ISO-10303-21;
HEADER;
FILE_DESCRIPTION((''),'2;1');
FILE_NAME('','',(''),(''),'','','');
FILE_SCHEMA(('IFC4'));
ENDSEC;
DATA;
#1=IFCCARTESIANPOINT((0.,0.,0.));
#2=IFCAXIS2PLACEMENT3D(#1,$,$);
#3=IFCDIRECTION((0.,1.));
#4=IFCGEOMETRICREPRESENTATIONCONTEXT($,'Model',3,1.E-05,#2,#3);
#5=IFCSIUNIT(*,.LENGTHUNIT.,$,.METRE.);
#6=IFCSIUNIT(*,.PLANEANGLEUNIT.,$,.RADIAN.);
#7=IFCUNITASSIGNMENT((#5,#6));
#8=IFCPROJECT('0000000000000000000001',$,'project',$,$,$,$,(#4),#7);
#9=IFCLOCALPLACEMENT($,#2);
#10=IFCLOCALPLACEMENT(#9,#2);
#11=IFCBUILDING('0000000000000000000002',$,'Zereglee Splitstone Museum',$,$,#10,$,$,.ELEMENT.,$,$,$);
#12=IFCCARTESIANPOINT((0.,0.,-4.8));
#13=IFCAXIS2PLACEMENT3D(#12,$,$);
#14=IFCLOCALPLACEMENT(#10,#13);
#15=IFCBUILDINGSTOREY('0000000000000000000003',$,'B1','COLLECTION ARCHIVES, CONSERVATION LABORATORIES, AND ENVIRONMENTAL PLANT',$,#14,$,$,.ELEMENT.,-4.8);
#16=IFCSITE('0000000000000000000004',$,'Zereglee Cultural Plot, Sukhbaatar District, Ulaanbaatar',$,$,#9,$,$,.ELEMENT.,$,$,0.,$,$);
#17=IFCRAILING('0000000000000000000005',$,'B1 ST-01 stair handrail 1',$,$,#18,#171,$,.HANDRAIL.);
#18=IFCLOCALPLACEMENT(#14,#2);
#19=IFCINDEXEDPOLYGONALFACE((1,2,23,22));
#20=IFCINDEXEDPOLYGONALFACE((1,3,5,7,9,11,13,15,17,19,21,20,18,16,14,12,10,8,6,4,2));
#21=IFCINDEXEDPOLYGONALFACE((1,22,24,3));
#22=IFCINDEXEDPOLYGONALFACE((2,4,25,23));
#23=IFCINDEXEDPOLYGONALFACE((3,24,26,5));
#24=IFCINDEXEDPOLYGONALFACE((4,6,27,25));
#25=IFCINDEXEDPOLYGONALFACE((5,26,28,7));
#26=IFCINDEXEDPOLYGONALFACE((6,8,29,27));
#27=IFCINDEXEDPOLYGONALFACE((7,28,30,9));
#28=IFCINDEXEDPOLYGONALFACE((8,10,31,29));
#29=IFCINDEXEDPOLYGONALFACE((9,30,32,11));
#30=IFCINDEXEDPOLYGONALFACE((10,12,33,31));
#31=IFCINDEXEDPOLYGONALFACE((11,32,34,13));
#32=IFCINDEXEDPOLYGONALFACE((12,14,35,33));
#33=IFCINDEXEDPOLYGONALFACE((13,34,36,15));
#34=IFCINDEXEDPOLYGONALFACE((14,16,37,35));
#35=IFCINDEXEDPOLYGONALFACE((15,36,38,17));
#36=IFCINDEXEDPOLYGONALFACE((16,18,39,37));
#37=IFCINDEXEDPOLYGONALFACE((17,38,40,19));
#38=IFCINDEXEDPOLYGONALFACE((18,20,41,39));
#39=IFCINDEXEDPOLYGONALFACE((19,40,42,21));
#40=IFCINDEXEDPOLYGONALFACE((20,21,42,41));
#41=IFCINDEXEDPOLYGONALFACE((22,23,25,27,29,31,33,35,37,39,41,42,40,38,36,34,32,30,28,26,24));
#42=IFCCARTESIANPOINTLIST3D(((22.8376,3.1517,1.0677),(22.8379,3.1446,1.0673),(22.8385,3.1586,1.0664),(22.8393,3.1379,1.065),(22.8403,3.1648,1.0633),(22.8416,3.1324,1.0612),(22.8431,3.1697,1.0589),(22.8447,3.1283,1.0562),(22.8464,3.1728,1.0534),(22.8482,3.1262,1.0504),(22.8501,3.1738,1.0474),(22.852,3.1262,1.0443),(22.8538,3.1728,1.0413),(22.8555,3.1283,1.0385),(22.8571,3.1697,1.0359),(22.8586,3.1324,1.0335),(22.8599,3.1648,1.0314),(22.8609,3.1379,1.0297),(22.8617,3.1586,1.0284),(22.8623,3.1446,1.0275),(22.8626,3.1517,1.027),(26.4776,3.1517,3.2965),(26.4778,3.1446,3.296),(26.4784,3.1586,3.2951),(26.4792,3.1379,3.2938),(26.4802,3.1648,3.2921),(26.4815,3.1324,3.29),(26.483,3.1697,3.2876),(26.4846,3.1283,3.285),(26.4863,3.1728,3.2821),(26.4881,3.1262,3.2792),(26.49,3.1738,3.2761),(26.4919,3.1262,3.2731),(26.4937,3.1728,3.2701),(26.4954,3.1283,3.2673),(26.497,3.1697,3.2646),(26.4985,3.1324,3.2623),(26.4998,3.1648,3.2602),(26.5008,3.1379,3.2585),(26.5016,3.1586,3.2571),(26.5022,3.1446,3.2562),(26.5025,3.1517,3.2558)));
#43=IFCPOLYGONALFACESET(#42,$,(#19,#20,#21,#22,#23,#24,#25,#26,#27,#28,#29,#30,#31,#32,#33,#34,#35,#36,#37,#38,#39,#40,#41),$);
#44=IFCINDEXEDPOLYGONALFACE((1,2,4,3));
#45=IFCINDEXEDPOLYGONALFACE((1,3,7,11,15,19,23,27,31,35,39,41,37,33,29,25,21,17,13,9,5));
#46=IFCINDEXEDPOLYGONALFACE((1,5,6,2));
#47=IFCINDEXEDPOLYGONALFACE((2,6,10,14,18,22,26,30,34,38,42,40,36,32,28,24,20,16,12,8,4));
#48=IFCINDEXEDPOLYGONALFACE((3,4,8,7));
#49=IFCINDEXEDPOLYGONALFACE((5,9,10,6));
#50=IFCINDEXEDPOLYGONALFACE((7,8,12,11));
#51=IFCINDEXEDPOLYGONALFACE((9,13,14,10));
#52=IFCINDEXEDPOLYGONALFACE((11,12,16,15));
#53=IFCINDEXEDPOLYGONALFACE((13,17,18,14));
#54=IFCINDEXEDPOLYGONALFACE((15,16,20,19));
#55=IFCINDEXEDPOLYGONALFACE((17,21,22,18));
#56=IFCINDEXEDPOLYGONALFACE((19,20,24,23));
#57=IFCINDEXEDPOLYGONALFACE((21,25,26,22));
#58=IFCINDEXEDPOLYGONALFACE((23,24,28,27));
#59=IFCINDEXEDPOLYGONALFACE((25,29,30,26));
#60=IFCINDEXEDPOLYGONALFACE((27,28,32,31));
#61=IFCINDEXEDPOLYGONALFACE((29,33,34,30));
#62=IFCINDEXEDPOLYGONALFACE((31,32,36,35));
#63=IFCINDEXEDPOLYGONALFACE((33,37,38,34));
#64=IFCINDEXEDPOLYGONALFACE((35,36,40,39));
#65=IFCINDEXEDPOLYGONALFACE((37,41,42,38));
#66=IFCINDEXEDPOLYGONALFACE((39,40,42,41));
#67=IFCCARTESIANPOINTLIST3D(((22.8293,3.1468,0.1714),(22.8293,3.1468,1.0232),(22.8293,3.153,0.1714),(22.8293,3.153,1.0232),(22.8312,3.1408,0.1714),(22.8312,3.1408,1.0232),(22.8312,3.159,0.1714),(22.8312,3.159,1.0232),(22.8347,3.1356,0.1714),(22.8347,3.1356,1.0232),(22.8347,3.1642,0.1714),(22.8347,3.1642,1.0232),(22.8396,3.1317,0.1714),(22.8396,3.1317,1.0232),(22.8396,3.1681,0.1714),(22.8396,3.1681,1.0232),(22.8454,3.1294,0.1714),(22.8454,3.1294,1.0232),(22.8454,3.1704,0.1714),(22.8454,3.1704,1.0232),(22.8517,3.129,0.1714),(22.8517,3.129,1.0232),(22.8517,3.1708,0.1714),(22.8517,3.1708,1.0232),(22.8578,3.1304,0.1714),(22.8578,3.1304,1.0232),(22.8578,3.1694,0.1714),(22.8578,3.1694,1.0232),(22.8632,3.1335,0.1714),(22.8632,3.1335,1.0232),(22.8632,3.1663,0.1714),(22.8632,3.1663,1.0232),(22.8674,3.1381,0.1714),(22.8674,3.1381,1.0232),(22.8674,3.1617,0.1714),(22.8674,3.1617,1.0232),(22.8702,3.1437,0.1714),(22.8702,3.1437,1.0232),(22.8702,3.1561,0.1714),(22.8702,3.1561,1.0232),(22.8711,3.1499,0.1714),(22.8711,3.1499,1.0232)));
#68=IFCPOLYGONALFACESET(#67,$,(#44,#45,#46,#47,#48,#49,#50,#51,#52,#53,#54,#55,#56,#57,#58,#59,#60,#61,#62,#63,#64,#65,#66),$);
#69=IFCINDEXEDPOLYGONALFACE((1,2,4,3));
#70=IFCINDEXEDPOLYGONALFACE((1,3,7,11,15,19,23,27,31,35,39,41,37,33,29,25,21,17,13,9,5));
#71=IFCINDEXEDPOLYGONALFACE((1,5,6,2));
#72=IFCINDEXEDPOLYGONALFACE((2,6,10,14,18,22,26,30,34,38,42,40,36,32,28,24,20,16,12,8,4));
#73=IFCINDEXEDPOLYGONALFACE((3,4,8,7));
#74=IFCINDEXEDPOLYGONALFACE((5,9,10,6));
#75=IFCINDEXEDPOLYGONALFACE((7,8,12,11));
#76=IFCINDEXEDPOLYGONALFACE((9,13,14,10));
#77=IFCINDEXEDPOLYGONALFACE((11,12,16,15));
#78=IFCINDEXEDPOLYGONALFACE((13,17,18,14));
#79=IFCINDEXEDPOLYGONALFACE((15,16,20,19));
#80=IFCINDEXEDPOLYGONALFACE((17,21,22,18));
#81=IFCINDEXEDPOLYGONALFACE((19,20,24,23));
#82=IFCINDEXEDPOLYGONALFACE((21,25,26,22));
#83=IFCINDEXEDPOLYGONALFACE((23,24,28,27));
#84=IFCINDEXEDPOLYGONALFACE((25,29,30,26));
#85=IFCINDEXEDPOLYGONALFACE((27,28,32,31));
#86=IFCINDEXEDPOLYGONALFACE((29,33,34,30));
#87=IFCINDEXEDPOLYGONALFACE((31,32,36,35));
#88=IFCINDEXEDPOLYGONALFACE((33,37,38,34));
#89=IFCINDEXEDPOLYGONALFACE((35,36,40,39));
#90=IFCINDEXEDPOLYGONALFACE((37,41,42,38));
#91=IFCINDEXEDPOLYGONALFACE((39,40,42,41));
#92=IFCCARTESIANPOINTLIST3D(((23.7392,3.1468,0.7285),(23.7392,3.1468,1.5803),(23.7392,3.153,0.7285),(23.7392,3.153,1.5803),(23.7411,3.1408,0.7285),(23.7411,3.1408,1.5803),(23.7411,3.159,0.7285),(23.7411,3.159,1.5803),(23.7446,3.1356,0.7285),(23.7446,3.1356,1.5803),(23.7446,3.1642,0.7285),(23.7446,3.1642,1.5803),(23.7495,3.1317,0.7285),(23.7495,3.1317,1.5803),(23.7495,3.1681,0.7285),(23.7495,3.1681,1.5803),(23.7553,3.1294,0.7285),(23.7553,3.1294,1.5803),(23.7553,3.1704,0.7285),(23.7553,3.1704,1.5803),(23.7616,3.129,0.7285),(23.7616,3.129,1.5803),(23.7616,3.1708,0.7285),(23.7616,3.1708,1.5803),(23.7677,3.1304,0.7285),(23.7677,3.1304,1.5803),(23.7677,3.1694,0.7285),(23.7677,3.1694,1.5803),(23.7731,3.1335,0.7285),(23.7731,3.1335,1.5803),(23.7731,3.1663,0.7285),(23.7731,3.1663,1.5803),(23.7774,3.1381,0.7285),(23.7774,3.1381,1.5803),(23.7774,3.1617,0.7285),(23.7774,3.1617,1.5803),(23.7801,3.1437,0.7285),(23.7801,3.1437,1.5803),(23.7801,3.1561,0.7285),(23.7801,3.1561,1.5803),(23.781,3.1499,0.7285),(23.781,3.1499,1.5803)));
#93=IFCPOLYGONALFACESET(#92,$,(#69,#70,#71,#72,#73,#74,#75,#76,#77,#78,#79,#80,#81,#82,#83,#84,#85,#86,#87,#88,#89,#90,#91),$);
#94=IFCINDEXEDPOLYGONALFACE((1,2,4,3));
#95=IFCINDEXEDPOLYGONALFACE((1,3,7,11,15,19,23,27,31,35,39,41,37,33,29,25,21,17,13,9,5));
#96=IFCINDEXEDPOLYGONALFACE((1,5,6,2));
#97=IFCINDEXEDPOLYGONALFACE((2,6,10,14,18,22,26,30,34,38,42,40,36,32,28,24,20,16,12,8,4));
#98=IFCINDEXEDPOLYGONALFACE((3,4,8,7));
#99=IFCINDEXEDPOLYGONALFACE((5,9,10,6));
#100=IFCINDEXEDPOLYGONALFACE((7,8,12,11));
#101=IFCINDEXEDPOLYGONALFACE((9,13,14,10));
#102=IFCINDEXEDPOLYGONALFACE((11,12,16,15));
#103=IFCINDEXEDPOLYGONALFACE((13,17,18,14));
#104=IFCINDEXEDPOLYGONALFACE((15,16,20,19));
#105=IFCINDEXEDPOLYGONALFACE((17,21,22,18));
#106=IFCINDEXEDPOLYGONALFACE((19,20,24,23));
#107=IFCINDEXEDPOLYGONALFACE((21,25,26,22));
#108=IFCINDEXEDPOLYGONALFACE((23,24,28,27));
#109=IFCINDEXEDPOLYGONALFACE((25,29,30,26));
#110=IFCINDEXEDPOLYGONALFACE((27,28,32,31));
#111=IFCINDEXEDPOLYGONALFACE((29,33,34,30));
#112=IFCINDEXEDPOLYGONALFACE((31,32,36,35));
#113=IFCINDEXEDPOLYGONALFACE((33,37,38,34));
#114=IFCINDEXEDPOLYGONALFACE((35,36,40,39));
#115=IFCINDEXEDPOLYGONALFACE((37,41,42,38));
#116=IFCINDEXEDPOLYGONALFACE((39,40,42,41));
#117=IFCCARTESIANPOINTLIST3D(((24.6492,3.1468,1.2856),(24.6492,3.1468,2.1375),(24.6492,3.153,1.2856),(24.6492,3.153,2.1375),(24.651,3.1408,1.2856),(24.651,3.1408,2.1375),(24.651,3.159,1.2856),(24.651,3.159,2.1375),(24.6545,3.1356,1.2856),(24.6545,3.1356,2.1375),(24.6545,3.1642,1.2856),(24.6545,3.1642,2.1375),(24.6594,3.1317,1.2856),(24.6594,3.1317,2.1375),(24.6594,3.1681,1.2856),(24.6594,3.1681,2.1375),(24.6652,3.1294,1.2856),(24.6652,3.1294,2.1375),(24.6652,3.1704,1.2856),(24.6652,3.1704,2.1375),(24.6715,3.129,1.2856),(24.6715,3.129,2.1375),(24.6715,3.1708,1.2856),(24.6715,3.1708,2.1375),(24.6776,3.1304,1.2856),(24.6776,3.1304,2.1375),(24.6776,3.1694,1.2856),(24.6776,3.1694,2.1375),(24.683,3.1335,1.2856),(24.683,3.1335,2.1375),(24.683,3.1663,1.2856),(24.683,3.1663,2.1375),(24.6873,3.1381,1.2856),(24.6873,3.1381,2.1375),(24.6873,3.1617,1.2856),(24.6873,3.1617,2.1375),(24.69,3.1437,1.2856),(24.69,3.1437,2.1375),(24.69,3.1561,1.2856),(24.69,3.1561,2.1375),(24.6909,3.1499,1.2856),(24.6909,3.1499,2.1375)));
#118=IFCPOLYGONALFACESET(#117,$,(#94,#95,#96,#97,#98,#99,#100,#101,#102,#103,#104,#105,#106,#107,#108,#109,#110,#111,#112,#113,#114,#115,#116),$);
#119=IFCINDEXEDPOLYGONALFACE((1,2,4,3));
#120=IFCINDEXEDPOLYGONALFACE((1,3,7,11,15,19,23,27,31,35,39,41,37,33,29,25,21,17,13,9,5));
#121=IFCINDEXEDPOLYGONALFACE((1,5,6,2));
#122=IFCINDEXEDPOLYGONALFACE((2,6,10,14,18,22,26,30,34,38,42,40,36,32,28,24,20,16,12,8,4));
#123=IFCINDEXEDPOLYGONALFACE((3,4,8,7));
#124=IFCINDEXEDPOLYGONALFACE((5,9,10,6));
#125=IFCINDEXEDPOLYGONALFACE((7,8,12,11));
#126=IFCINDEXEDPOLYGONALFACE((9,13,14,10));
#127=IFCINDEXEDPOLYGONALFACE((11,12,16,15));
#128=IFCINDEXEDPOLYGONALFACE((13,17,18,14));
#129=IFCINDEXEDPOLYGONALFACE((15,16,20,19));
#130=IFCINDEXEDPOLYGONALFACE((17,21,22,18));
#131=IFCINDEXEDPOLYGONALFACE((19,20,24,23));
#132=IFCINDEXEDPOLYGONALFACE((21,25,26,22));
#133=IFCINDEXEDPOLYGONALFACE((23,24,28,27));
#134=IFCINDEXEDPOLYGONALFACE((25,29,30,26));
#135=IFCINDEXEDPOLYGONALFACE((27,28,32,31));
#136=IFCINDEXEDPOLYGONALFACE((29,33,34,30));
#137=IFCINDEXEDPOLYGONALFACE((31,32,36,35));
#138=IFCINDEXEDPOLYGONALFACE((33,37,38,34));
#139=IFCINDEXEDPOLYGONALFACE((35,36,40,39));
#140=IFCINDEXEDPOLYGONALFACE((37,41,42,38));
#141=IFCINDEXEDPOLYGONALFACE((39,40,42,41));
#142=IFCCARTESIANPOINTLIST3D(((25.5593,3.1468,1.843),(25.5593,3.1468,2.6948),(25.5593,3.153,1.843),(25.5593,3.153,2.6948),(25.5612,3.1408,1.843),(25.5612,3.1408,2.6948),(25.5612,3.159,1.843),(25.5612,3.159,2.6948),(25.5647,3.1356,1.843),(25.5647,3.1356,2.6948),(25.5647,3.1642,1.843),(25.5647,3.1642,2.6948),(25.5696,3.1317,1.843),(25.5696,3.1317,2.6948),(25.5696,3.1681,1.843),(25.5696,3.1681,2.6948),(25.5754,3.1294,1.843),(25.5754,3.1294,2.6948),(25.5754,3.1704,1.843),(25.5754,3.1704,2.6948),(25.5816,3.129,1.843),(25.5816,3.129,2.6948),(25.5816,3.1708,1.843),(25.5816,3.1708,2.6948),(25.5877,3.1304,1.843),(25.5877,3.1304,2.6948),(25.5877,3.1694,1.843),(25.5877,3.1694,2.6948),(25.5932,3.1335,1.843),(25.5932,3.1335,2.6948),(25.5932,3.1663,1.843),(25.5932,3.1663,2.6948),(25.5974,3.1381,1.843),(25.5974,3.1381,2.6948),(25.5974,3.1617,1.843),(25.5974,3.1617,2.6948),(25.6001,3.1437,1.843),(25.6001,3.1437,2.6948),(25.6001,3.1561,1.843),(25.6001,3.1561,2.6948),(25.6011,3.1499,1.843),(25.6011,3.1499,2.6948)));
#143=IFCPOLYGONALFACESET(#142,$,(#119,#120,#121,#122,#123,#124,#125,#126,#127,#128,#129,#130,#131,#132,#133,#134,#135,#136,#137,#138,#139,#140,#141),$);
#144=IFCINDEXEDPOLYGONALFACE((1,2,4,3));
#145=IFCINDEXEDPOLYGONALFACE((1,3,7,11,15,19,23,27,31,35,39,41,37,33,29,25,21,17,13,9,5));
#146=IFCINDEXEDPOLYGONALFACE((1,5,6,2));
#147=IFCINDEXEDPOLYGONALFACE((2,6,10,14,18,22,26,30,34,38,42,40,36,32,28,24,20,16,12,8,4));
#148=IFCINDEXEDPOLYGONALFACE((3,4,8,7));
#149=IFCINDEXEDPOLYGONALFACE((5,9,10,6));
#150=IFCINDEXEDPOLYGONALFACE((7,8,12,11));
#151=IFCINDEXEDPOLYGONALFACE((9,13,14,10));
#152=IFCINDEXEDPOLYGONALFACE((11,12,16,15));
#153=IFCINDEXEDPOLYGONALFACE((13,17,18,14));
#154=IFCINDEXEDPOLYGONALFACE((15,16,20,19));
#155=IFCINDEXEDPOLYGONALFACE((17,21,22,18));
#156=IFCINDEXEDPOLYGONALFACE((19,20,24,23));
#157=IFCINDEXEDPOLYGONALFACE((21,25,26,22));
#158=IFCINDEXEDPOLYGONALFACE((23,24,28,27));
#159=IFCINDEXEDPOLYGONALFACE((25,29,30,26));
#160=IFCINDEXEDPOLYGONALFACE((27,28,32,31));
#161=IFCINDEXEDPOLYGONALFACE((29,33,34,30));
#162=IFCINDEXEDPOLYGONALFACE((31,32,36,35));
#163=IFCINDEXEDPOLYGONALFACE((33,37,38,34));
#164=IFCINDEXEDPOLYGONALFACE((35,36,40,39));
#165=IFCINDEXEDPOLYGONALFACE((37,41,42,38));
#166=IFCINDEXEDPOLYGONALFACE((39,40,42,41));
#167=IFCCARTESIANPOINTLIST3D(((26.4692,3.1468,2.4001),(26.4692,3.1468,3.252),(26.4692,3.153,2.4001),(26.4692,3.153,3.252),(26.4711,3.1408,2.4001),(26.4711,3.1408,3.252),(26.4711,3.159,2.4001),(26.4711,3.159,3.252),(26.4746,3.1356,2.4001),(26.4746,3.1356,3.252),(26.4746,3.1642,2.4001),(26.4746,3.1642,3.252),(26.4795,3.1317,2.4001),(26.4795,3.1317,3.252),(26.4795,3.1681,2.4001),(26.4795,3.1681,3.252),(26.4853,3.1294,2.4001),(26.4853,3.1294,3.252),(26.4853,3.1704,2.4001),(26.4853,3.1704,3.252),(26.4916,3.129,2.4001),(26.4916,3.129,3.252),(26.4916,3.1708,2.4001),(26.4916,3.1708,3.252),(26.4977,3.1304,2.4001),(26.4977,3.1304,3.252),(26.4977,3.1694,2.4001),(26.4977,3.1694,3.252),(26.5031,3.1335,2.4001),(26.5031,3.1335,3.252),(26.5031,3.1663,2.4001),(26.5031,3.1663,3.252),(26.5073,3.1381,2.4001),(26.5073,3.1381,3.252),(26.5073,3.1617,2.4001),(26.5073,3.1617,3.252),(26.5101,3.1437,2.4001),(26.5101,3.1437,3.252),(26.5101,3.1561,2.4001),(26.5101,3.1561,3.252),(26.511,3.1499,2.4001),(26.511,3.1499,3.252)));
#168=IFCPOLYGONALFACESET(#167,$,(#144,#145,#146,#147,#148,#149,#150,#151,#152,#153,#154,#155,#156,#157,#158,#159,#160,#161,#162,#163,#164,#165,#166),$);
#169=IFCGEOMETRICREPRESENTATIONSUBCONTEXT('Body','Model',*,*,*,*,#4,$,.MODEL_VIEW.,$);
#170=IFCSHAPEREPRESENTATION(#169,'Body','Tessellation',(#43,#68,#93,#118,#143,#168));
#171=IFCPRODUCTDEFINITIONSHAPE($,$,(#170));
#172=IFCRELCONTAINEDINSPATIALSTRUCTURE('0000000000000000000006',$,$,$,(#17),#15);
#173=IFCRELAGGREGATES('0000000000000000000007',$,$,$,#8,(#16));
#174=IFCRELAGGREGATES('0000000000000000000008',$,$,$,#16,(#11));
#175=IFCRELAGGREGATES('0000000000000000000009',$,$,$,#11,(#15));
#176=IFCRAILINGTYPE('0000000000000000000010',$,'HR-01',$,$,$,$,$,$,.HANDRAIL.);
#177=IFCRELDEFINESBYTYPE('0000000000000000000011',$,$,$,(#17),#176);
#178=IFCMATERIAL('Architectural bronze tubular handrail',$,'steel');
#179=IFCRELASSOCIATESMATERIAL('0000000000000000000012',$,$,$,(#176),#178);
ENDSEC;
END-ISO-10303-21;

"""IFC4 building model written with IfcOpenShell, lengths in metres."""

from ifc_helpers import new_model, si_unit, direction, frame, origin, origin_2d, place, context, subcontext, project, spatial, circle, extrude, material, type_object, element, save


model = new_model("IFC4")

# Units and contexts
model_context = context("Model", 3, precision=1e-05, world=origin(), true_north=direction((0.0, 1.0)))
body_context = subcontext(model_context, "Body", "Model", "MODEL_VIEW")
ifc_project = project(units=[si_unit("LENGTHUNIT", "METRE"), si_unit("PLANEANGLEUNIT", "RADIAN")], contexts=[model_context])

# Site, building, storey
site_placement = place(None, origin())
site = spatial("IfcSite", under=ifc_project, at=site_placement, Name="Zereglee Cultural Plot, Sukhbaatar District, Ulaanbaatar", CompositionType="ELEMENT", RefElevation=0.0)
building_placement = place(site_placement, origin())
building = spatial("IfcBuilding", under=site, at=building_placement, Name="Zereglee Splitstone Museum", CompositionType="ELEMENT")
storey_placement = place(building_placement, frame((0.0, 0.0, -4.8)))
storey = spatial("IfcBuildingStorey", under=building, at=storey_placement, Name="B1", Description="COLLECTION ARCHIVES, CONSERVATION LABORATORIES, AND ENVIRONMENTAL PLANT", CompositionType="ELEMENT", Elevation=-4.8)

# Railing
ifc_material_1 = material(Name="Architectural bronze tubular handrail", Category="steel")
railing_type_1 = type_object("IfcRailingType", Name="HR-01", PredefinedType="HANDRAIL", material=ifc_material_1)
railing_1_placement = place(storey_placement, frame((22.8501, 3.1499, 0.1714)))
element("IfcRailing", 1, at=railing_1_placement, inside=storey, type_object=railing_type_1, Name="B1 ST-01 stair handrail 1", PredefinedType="HANDRAIL", context=body_context, shape_type="SweptSolid", body=[
    extrude(circle(Radius=0.0239, at=origin_2d()), frame((0.0, 0.0, 0.876), z_axis=(0.852825, 0.0, 0.522197), x_axis=(0.0, 1.0, 0.0)), (0.0, 0.0, 1.0), 4.2681),
    extrude(circle(Radius=0.021, at=origin_2d()), origin(), (0.0, 0.0, 1.0), 0.8518),
    extrude(circle(Radius=0.021, at=origin_2d()), frame((0.9099, 0.0, 0.5571)), (0.0, 0.0, 1.0), 0.8518),
    extrude(circle(Radius=0.021, at=origin_2d()), frame((1.8198, 0.0, 1.1143)), (0.0, 0.0, 1.0), 0.8518),
    extrude(circle(Radius=0.021, at=origin_2d()), frame((2.73, 0.0, 1.6716)), (0.0, 0.0, 1.0), 0.8518),
    extrude(circle(Radius=0.021, at=origin_2d()), frame((3.6399, 0.0, 2.2288)), (0.0, 0.0, 1.0), 0.8518),
])

save(model, "model.ifc")
